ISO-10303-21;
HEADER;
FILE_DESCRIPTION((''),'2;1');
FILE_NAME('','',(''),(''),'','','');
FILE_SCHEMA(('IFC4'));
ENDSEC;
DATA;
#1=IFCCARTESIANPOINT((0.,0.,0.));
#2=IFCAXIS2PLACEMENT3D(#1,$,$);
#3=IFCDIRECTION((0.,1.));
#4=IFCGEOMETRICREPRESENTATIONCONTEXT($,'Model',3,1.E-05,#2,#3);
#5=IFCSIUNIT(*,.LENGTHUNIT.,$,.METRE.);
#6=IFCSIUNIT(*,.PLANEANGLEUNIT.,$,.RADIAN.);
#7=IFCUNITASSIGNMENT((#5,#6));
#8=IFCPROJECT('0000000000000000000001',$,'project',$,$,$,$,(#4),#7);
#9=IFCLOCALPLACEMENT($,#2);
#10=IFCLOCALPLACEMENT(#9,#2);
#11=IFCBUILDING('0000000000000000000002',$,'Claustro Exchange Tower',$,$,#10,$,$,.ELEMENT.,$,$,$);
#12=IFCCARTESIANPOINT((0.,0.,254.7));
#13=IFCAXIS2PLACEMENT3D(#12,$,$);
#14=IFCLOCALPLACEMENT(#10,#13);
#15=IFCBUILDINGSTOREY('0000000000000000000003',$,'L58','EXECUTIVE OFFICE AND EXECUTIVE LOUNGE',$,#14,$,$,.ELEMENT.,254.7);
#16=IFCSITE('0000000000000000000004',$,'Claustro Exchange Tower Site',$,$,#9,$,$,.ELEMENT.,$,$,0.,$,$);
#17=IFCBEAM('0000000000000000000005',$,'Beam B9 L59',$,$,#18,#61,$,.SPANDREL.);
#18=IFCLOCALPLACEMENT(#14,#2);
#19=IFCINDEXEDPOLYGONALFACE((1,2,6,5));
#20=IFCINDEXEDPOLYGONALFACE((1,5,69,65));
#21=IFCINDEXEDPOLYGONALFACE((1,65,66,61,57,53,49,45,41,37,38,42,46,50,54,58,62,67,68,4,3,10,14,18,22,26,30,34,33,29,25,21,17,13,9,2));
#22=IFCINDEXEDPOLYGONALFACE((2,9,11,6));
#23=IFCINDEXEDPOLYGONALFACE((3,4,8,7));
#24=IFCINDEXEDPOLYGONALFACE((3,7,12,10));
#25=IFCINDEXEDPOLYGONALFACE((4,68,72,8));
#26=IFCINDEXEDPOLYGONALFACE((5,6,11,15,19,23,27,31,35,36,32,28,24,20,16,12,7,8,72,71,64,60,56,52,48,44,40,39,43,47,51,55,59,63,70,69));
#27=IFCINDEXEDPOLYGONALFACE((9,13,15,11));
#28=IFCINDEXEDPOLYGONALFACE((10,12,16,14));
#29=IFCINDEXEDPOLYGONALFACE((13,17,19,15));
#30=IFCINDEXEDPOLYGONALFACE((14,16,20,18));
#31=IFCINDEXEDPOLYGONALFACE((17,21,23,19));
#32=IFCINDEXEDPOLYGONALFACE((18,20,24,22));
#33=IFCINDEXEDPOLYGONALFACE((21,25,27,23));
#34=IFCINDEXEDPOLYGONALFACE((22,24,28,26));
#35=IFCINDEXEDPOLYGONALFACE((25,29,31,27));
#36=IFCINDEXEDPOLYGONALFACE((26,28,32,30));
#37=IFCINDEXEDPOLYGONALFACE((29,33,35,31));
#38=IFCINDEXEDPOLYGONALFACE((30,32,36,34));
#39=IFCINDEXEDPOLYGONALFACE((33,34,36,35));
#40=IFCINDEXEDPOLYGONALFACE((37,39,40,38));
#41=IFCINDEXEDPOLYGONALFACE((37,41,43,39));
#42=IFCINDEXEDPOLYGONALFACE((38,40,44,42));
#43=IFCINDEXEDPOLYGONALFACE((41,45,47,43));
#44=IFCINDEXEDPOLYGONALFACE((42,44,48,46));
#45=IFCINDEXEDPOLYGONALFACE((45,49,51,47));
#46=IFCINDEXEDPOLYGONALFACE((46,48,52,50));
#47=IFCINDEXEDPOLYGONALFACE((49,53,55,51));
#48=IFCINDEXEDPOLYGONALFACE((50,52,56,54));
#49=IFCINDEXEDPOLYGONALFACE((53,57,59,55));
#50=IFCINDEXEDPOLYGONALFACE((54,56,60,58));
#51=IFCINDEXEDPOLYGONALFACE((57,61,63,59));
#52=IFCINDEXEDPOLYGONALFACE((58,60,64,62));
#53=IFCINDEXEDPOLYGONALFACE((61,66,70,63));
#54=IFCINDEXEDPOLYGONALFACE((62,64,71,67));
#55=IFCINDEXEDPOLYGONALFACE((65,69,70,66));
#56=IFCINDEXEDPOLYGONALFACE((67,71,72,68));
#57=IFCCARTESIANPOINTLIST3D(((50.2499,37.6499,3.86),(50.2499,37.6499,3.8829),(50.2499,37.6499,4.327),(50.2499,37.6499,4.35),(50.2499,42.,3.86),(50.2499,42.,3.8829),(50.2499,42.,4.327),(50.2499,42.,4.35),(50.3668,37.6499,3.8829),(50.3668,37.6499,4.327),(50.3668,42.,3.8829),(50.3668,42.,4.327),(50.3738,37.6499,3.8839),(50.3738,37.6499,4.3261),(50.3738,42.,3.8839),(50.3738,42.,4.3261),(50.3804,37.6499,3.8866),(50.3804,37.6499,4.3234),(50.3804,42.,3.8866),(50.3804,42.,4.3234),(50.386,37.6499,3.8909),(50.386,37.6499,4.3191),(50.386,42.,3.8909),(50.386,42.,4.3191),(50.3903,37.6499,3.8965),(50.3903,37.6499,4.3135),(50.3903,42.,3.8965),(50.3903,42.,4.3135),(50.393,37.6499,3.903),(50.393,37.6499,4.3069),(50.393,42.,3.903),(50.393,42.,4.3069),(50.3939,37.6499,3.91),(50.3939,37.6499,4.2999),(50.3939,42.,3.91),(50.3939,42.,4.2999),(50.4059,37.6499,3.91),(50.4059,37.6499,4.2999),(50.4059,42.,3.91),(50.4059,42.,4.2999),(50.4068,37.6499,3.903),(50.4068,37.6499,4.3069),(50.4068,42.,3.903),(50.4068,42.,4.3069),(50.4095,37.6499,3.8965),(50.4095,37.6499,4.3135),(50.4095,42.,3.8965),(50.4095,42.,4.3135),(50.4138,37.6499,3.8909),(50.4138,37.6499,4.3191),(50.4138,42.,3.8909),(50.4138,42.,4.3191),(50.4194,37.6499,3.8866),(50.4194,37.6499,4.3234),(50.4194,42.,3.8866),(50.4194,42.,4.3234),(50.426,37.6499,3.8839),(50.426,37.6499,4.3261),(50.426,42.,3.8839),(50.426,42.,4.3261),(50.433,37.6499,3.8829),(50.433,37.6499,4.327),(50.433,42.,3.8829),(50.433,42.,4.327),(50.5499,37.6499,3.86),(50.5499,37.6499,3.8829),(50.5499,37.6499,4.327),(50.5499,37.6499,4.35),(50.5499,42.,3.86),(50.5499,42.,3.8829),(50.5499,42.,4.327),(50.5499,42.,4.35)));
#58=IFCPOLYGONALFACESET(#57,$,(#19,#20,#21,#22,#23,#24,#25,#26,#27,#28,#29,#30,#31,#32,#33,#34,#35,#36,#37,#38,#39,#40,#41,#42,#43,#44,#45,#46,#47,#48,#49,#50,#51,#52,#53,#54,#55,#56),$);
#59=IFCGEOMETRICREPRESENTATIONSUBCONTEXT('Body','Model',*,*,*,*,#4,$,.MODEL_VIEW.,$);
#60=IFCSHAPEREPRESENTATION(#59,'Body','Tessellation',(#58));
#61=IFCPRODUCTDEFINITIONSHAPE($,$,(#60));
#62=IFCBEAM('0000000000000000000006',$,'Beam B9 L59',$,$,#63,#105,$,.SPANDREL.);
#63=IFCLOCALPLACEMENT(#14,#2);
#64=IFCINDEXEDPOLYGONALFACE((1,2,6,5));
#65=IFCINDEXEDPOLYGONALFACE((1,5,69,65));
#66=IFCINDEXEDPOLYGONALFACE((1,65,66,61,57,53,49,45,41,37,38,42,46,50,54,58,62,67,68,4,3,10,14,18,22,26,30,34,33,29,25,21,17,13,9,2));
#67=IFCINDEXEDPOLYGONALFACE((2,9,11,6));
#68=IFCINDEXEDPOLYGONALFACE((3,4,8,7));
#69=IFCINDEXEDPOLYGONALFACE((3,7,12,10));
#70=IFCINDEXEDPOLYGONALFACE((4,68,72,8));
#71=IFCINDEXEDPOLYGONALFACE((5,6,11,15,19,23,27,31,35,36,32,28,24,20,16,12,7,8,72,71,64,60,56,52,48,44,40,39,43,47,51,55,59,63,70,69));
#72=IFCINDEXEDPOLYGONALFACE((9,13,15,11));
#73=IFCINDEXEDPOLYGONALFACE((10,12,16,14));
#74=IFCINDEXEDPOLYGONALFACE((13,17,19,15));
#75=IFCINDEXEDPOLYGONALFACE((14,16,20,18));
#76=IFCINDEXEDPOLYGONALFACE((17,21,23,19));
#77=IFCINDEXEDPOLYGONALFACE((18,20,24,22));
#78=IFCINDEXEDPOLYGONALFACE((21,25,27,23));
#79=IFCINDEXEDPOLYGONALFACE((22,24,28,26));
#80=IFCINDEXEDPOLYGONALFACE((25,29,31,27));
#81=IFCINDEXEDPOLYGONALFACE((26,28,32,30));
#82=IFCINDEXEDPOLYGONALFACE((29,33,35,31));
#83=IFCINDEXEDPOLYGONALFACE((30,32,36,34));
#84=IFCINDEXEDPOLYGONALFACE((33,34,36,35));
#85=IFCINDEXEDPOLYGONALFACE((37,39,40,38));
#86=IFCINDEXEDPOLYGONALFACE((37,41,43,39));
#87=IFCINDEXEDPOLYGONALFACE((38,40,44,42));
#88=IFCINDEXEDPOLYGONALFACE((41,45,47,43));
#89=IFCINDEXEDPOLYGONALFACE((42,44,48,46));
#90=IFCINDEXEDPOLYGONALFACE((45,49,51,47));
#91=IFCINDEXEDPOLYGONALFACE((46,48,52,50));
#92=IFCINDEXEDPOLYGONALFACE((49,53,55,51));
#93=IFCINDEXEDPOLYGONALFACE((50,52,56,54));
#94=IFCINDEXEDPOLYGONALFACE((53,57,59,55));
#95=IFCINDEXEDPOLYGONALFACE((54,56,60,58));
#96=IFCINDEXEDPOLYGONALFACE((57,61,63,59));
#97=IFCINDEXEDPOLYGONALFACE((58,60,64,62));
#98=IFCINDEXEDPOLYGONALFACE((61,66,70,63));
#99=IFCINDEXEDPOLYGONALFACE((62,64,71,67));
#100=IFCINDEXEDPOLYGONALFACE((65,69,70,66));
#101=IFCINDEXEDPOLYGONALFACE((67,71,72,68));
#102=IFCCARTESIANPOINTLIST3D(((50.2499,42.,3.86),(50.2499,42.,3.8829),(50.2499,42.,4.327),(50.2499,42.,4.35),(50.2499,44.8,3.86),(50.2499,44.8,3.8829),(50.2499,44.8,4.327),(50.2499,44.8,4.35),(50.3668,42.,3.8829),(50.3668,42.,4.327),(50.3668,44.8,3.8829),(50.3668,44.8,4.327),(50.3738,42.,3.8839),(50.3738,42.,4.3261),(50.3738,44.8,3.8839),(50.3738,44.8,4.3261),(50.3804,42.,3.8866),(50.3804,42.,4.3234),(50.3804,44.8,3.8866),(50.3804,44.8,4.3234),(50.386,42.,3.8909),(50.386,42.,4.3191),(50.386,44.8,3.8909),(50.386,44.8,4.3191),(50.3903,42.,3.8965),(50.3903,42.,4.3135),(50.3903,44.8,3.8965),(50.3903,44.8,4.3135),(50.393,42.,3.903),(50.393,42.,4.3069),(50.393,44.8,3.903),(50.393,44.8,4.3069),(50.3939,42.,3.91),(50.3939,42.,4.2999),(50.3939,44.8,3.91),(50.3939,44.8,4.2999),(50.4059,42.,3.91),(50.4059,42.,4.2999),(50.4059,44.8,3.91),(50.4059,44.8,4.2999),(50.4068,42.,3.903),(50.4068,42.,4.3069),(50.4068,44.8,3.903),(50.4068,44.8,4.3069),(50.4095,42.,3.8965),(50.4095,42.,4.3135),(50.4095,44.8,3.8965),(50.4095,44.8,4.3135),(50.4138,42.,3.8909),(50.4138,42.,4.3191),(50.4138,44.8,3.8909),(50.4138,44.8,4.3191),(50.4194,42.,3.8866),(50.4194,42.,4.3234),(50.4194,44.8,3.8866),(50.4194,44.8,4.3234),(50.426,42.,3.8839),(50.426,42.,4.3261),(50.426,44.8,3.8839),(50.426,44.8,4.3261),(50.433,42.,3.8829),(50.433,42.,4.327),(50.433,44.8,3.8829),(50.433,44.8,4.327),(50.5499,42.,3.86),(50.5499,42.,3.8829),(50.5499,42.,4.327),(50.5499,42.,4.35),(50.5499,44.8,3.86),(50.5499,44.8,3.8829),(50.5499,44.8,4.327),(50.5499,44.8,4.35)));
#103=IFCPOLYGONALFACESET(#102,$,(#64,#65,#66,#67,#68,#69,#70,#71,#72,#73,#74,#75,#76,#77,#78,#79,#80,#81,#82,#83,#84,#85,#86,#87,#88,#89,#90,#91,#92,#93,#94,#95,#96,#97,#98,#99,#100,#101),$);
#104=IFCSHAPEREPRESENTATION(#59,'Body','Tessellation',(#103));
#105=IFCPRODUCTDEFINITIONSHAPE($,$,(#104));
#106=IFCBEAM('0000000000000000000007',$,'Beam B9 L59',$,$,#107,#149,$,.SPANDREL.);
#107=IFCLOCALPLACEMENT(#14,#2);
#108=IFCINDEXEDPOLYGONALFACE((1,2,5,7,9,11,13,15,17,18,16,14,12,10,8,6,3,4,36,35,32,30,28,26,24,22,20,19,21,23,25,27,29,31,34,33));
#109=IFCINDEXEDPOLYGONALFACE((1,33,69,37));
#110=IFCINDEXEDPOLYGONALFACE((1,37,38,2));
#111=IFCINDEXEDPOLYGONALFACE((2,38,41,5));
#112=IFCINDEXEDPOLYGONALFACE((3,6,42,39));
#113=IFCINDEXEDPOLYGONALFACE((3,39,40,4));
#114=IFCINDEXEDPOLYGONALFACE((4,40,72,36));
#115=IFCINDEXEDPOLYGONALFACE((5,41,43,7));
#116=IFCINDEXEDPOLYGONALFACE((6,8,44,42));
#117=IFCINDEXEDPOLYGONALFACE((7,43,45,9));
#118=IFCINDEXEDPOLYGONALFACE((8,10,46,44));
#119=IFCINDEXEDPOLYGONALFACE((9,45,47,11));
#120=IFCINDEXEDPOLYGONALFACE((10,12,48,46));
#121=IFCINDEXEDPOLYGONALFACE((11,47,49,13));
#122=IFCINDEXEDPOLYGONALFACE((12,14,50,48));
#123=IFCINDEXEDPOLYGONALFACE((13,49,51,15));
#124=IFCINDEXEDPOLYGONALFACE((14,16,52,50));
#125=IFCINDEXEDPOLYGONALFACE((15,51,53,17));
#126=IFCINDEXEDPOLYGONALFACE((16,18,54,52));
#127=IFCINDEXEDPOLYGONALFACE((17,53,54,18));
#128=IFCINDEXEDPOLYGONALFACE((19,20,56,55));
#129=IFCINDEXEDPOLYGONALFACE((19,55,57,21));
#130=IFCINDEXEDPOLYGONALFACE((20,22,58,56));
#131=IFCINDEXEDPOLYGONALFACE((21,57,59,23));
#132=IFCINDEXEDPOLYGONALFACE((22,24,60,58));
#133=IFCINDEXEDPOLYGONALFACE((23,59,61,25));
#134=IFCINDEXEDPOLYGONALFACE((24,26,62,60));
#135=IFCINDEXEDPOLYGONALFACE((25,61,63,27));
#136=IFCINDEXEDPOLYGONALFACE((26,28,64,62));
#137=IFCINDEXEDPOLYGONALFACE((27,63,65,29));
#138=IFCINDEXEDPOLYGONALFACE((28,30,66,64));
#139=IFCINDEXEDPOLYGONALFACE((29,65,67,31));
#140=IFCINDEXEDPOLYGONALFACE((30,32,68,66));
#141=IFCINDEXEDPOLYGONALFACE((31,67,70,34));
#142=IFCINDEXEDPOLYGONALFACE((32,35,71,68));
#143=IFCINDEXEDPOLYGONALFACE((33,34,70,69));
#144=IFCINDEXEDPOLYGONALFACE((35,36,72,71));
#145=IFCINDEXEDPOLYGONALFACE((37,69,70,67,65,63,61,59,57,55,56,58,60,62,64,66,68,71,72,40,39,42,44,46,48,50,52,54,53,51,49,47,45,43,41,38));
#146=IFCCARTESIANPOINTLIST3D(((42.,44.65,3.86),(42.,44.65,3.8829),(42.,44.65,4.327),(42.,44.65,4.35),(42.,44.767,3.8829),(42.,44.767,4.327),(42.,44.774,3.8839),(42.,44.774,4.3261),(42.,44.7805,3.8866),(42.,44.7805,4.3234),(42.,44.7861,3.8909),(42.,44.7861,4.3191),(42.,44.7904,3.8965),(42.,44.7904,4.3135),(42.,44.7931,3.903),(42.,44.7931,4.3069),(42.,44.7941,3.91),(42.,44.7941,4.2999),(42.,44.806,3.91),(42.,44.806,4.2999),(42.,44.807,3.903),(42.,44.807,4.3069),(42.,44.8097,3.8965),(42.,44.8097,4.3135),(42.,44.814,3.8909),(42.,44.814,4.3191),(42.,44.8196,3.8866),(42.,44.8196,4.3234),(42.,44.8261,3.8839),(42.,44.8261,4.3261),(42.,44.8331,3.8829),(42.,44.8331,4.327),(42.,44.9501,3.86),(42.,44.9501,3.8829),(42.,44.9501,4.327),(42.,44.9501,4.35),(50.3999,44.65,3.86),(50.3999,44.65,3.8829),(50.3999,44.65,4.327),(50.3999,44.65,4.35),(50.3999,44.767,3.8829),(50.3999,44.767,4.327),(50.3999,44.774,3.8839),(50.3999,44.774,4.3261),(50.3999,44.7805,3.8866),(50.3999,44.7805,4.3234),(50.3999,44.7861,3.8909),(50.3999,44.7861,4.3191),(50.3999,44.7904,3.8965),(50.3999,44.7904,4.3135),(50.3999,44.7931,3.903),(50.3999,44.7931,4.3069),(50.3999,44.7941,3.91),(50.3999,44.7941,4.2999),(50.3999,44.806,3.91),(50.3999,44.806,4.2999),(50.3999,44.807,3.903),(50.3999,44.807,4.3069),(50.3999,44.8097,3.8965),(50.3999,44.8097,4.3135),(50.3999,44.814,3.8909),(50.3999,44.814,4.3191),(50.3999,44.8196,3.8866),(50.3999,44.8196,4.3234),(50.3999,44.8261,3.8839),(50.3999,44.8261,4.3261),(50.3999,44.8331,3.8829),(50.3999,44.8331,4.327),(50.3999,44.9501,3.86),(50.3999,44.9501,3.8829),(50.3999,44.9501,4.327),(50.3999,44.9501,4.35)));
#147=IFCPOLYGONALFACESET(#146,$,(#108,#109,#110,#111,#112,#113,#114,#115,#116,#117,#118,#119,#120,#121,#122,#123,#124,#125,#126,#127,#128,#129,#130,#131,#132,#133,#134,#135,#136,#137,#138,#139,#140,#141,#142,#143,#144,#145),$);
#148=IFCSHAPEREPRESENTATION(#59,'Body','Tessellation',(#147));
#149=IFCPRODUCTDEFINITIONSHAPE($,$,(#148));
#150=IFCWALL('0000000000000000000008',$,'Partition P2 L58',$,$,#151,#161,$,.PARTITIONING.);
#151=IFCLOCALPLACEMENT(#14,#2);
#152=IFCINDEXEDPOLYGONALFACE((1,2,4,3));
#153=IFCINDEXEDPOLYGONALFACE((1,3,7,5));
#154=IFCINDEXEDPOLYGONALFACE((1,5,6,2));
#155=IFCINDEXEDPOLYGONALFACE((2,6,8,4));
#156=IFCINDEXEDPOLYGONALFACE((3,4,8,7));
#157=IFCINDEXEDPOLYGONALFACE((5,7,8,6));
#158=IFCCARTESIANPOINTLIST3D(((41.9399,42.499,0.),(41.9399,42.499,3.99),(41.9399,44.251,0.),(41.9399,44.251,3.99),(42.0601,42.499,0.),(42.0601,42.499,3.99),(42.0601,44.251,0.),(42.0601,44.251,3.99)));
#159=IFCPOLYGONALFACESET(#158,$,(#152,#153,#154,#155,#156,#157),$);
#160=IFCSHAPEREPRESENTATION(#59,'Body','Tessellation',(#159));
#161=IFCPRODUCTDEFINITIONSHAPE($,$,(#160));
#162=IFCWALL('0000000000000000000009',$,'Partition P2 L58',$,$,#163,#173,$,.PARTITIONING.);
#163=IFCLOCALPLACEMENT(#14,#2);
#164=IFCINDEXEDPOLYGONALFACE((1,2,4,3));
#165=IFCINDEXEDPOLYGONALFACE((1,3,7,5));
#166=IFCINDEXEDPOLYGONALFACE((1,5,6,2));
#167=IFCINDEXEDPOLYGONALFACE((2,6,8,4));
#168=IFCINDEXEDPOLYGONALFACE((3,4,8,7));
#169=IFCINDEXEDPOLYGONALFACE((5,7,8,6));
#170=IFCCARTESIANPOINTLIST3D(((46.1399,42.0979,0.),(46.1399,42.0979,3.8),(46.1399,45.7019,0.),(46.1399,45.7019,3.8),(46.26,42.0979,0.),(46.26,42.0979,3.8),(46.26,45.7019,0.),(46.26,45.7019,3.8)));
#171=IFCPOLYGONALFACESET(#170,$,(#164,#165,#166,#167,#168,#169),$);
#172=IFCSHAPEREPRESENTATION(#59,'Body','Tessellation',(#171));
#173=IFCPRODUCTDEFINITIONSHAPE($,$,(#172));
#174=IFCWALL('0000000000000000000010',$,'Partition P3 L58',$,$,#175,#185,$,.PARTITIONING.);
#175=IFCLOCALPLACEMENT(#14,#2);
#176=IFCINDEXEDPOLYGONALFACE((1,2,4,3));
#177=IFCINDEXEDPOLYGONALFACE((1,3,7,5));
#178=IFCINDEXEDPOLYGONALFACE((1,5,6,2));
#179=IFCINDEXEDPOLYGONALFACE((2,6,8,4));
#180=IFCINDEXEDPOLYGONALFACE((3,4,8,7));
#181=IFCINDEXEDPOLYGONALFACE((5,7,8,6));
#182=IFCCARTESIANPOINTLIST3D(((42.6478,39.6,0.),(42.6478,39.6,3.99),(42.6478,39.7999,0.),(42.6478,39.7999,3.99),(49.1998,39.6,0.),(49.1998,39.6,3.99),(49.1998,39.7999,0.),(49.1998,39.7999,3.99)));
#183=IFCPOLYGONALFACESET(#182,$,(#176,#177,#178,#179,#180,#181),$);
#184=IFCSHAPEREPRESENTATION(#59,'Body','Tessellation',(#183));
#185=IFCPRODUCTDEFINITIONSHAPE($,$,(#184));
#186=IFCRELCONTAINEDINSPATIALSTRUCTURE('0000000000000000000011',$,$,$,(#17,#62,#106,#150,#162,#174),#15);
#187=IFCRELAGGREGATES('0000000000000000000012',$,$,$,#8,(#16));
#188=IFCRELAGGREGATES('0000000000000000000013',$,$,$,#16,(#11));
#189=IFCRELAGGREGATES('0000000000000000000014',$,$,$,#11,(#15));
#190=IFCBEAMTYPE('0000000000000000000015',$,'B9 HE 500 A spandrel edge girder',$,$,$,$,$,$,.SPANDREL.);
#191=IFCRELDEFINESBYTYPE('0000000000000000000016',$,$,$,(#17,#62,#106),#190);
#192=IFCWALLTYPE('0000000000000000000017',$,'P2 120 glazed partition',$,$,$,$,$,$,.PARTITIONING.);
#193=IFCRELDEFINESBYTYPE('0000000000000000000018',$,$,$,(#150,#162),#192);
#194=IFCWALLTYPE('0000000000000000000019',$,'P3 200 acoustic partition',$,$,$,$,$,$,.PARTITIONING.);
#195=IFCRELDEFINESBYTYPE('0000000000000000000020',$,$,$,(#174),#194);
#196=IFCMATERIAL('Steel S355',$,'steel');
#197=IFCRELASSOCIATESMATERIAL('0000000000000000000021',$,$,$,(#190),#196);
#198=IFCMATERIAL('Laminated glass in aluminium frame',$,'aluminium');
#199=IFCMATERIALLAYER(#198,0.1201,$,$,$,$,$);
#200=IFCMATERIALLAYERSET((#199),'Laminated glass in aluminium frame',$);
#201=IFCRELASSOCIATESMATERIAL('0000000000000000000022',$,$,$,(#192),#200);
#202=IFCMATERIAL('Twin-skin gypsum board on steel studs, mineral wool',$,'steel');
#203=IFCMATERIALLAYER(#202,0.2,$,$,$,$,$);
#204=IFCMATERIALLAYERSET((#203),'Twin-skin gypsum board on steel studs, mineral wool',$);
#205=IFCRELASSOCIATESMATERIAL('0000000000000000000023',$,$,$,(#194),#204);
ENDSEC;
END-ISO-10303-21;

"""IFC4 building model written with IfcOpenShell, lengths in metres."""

from ifc_helpers import new_model, si_unit, direction, frame, frame_2d, origin, origin_2d, place, context, subcontext, project, spatial, rectangle, i_section, extrude, material, layer, layer_set, material_profile, profile_set, type_object, element, save


model = new_model("IFC4")

# Units and contexts
model_context = context("Model", 3, precision=1e-05, world=origin(), true_north=direction((0.0, 1.0)))
body_context = subcontext(model_context, "Body", "Model", "MODEL_VIEW")
ifc_project = project(units=[si_unit("LENGTHUNIT", "METRE"), si_unit("PLANEANGLEUNIT", "RADIAN")], contexts=[model_context])

# Site, building, storey
site_placement = place(None, origin())
site = spatial("IfcSite", under=ifc_project, at=site_placement, Name="Claustro Exchange Tower Site", CompositionType="ELEMENT", RefElevation=0.0)
building_placement = place(site_placement, origin())
building = spatial("IfcBuilding", under=site, at=building_placement, Name="Claustro Exchange Tower", CompositionType="ELEMENT")
storey_placement = place(building_placement, frame((0.0, 0.0, 254.7)))
storey = spatial("IfcBuildingStorey", under=building, at=storey_placement, Name="L58", Description="EXECUTIVE OFFICE AND EXECUTIVE LOUNGE", CompositionType="ELEMENT", Elevation=254.7)

# Beams
ifc_material_1 = material(Name="Steel S355", Category="steel")
ifc_material_profile_1 = material_profile(ifc_material_1, i_section(OverallWidth=0.3, OverallDepth=0.49, WebThickness=0.012, FlangeThickness=0.0229, FilletRadius=0.0271, at=origin_2d()), Name="HE 500 A")
ifc_profile_set_1 = profile_set([ifc_material_profile_1], Name="Steel S355")
beam_type_1 = type_object("IfcBeamType", Name="B9 HE 500 A spandrel edge girder", PredefinedType="SPANDREL", material=ifc_profile_set_1)
beam_1_placement = place(storey_placement, frame((50.3999, 37.6499, 4.105), z_axis=(0.0, 1.0, 0.0), x_axis=(-1.0, 0.0, 0.0)))
element("IfcBeam", 1, at=beam_1_placement, inside=storey, type_object=beam_type_1, Name="Beam B9 L59", PredefinedType="SPANDREL", context=body_context, shape_type="SweptSolid", body=[
    extrude(i_section(OverallWidth=0.3, OverallDepth=0.49, WebThickness=0.012, FlangeThickness=0.0229, FilletRadius=0.0271, at=origin_2d()), origin(), (0.0, 0.0, 1.0), 4.3501),
])
beam_2_placement = place(storey_placement, frame((50.3999, 42.0, 4.105), z_axis=(0.0, 1.0, 0.0), x_axis=(-1.0, 0.0, 0.0)))
element("IfcBeam", 2, at=beam_2_placement, inside=storey, type_object=beam_type_1, Name="Beam B9 L59", PredefinedType="SPANDREL", context=body_context, shape_type="SweptSolid", body=[
    extrude(i_section(OverallWidth=0.3, OverallDepth=0.49, WebThickness=0.012, FlangeThickness=0.0229, FilletRadius=0.0271, at=origin_2d()), origin(), (0.0, 0.0, 1.0), 2.8),
])
beam_3_placement = place(storey_placement, frame((42.0, 44.8, 4.105), z_axis=(1.0, 0.0, 0.0), x_axis=(0.0, 1.0, 0.0)))
element("IfcBeam", 3, at=beam_3_placement, inside=storey, type_object=beam_type_1, Name="Beam B9 L59", PredefinedType="SPANDREL", context=body_context, shape_type="SweptSolid", body=[
    extrude(i_section(OverallWidth=0.3, OverallDepth=0.49, WebThickness=0.012, FlangeThickness=0.0229, FilletRadius=0.0271, at=origin_2d()), origin(), (0.0, 0.0, 1.0), 8.3999),
])

# Walls
ifc_material_2 = material(Name="Laminated glass in aluminium frame", Category="aluminium")
ifc_layer_1 = layer(ifc_material_2, 0.1201)
ifc_layer_set_1 = layer_set([ifc_layer_1], Name="Laminated glass in aluminium frame")
wall_type_1 = type_object("IfcWallType", Name="P2 120 glazed partition", PredefinedType="PARTITIONING", material=ifc_layer_set_1)
wall_1_placement = place(storey_placement, frame((42.0, 42.499, 0.0), z_axis=(0.0, 0.0, 1.0), x_axis=(0.0, 1.0, 0.0)))
element("IfcWall", 4, at=wall_1_placement, inside=storey, type_object=wall_type_1, Name="Partition P2 L58", PredefinedType="PARTITIONING", context=body_context, shape_type="SweptSolid", body=[
    extrude(rectangle(XDim=1.752, YDim=0.1201, at=frame_2d((0.876, 0.0))), origin(), (0.0, 0.0, 1.0), 3.99),
])
wall_2_placement = place(storey_placement, frame((46.2, 42.0979, 0.0), z_axis=(0.0, 0.0, 1.0), x_axis=(0.0, 1.0, 0.0)))
element("IfcWall", 5, at=wall_2_placement, inside=storey, type_object=wall_type_1, Name="Partition P2 L58", PredefinedType="PARTITIONING", context=body_context, shape_type="SweptSolid", body=[
    extrude(rectangle(XDim=3.604, YDim=0.1201, at=frame_2d((1.802, 0.0))), origin(), (0.0, 0.0, 1.0), 3.8),
])

# Shared definitions
ifc_material_3 = material(Name="Twin-skin gypsum board on steel studs, mineral wool", Category="steel")
ifc_layer_2 = layer(ifc_material_3, 0.2)
ifc_layer_set_2 = layer_set([ifc_layer_2], Name="Twin-skin gypsum board on steel studs, mineral wool")
wall_type_2 = type_object("IfcWallType", Name="P3 200 acoustic partition", PredefinedType="PARTITIONING", material=ifc_layer_set_2)

# Wall
wall_3_placement = place(storey_placement, frame((42.6479, 39.7, 0.0), z_axis=(0.0, 0.0, 1.0), x_axis=(1.0, 0.0, 0.0)))
element("IfcWall", 6, at=wall_3_placement, inside=storey, type_object=wall_type_2, Name="Partition P3 L58", PredefinedType="PARTITIONING", context=body_context, shape_type="SweptSolid", body=[
    extrude(rectangle(XDim=6.552, YDim=0.2, at=frame_2d((3.2759, 0.0))), origin(), (0.0, 0.0, 1.0), 3.99),
])

save(model, "model.ifc")
